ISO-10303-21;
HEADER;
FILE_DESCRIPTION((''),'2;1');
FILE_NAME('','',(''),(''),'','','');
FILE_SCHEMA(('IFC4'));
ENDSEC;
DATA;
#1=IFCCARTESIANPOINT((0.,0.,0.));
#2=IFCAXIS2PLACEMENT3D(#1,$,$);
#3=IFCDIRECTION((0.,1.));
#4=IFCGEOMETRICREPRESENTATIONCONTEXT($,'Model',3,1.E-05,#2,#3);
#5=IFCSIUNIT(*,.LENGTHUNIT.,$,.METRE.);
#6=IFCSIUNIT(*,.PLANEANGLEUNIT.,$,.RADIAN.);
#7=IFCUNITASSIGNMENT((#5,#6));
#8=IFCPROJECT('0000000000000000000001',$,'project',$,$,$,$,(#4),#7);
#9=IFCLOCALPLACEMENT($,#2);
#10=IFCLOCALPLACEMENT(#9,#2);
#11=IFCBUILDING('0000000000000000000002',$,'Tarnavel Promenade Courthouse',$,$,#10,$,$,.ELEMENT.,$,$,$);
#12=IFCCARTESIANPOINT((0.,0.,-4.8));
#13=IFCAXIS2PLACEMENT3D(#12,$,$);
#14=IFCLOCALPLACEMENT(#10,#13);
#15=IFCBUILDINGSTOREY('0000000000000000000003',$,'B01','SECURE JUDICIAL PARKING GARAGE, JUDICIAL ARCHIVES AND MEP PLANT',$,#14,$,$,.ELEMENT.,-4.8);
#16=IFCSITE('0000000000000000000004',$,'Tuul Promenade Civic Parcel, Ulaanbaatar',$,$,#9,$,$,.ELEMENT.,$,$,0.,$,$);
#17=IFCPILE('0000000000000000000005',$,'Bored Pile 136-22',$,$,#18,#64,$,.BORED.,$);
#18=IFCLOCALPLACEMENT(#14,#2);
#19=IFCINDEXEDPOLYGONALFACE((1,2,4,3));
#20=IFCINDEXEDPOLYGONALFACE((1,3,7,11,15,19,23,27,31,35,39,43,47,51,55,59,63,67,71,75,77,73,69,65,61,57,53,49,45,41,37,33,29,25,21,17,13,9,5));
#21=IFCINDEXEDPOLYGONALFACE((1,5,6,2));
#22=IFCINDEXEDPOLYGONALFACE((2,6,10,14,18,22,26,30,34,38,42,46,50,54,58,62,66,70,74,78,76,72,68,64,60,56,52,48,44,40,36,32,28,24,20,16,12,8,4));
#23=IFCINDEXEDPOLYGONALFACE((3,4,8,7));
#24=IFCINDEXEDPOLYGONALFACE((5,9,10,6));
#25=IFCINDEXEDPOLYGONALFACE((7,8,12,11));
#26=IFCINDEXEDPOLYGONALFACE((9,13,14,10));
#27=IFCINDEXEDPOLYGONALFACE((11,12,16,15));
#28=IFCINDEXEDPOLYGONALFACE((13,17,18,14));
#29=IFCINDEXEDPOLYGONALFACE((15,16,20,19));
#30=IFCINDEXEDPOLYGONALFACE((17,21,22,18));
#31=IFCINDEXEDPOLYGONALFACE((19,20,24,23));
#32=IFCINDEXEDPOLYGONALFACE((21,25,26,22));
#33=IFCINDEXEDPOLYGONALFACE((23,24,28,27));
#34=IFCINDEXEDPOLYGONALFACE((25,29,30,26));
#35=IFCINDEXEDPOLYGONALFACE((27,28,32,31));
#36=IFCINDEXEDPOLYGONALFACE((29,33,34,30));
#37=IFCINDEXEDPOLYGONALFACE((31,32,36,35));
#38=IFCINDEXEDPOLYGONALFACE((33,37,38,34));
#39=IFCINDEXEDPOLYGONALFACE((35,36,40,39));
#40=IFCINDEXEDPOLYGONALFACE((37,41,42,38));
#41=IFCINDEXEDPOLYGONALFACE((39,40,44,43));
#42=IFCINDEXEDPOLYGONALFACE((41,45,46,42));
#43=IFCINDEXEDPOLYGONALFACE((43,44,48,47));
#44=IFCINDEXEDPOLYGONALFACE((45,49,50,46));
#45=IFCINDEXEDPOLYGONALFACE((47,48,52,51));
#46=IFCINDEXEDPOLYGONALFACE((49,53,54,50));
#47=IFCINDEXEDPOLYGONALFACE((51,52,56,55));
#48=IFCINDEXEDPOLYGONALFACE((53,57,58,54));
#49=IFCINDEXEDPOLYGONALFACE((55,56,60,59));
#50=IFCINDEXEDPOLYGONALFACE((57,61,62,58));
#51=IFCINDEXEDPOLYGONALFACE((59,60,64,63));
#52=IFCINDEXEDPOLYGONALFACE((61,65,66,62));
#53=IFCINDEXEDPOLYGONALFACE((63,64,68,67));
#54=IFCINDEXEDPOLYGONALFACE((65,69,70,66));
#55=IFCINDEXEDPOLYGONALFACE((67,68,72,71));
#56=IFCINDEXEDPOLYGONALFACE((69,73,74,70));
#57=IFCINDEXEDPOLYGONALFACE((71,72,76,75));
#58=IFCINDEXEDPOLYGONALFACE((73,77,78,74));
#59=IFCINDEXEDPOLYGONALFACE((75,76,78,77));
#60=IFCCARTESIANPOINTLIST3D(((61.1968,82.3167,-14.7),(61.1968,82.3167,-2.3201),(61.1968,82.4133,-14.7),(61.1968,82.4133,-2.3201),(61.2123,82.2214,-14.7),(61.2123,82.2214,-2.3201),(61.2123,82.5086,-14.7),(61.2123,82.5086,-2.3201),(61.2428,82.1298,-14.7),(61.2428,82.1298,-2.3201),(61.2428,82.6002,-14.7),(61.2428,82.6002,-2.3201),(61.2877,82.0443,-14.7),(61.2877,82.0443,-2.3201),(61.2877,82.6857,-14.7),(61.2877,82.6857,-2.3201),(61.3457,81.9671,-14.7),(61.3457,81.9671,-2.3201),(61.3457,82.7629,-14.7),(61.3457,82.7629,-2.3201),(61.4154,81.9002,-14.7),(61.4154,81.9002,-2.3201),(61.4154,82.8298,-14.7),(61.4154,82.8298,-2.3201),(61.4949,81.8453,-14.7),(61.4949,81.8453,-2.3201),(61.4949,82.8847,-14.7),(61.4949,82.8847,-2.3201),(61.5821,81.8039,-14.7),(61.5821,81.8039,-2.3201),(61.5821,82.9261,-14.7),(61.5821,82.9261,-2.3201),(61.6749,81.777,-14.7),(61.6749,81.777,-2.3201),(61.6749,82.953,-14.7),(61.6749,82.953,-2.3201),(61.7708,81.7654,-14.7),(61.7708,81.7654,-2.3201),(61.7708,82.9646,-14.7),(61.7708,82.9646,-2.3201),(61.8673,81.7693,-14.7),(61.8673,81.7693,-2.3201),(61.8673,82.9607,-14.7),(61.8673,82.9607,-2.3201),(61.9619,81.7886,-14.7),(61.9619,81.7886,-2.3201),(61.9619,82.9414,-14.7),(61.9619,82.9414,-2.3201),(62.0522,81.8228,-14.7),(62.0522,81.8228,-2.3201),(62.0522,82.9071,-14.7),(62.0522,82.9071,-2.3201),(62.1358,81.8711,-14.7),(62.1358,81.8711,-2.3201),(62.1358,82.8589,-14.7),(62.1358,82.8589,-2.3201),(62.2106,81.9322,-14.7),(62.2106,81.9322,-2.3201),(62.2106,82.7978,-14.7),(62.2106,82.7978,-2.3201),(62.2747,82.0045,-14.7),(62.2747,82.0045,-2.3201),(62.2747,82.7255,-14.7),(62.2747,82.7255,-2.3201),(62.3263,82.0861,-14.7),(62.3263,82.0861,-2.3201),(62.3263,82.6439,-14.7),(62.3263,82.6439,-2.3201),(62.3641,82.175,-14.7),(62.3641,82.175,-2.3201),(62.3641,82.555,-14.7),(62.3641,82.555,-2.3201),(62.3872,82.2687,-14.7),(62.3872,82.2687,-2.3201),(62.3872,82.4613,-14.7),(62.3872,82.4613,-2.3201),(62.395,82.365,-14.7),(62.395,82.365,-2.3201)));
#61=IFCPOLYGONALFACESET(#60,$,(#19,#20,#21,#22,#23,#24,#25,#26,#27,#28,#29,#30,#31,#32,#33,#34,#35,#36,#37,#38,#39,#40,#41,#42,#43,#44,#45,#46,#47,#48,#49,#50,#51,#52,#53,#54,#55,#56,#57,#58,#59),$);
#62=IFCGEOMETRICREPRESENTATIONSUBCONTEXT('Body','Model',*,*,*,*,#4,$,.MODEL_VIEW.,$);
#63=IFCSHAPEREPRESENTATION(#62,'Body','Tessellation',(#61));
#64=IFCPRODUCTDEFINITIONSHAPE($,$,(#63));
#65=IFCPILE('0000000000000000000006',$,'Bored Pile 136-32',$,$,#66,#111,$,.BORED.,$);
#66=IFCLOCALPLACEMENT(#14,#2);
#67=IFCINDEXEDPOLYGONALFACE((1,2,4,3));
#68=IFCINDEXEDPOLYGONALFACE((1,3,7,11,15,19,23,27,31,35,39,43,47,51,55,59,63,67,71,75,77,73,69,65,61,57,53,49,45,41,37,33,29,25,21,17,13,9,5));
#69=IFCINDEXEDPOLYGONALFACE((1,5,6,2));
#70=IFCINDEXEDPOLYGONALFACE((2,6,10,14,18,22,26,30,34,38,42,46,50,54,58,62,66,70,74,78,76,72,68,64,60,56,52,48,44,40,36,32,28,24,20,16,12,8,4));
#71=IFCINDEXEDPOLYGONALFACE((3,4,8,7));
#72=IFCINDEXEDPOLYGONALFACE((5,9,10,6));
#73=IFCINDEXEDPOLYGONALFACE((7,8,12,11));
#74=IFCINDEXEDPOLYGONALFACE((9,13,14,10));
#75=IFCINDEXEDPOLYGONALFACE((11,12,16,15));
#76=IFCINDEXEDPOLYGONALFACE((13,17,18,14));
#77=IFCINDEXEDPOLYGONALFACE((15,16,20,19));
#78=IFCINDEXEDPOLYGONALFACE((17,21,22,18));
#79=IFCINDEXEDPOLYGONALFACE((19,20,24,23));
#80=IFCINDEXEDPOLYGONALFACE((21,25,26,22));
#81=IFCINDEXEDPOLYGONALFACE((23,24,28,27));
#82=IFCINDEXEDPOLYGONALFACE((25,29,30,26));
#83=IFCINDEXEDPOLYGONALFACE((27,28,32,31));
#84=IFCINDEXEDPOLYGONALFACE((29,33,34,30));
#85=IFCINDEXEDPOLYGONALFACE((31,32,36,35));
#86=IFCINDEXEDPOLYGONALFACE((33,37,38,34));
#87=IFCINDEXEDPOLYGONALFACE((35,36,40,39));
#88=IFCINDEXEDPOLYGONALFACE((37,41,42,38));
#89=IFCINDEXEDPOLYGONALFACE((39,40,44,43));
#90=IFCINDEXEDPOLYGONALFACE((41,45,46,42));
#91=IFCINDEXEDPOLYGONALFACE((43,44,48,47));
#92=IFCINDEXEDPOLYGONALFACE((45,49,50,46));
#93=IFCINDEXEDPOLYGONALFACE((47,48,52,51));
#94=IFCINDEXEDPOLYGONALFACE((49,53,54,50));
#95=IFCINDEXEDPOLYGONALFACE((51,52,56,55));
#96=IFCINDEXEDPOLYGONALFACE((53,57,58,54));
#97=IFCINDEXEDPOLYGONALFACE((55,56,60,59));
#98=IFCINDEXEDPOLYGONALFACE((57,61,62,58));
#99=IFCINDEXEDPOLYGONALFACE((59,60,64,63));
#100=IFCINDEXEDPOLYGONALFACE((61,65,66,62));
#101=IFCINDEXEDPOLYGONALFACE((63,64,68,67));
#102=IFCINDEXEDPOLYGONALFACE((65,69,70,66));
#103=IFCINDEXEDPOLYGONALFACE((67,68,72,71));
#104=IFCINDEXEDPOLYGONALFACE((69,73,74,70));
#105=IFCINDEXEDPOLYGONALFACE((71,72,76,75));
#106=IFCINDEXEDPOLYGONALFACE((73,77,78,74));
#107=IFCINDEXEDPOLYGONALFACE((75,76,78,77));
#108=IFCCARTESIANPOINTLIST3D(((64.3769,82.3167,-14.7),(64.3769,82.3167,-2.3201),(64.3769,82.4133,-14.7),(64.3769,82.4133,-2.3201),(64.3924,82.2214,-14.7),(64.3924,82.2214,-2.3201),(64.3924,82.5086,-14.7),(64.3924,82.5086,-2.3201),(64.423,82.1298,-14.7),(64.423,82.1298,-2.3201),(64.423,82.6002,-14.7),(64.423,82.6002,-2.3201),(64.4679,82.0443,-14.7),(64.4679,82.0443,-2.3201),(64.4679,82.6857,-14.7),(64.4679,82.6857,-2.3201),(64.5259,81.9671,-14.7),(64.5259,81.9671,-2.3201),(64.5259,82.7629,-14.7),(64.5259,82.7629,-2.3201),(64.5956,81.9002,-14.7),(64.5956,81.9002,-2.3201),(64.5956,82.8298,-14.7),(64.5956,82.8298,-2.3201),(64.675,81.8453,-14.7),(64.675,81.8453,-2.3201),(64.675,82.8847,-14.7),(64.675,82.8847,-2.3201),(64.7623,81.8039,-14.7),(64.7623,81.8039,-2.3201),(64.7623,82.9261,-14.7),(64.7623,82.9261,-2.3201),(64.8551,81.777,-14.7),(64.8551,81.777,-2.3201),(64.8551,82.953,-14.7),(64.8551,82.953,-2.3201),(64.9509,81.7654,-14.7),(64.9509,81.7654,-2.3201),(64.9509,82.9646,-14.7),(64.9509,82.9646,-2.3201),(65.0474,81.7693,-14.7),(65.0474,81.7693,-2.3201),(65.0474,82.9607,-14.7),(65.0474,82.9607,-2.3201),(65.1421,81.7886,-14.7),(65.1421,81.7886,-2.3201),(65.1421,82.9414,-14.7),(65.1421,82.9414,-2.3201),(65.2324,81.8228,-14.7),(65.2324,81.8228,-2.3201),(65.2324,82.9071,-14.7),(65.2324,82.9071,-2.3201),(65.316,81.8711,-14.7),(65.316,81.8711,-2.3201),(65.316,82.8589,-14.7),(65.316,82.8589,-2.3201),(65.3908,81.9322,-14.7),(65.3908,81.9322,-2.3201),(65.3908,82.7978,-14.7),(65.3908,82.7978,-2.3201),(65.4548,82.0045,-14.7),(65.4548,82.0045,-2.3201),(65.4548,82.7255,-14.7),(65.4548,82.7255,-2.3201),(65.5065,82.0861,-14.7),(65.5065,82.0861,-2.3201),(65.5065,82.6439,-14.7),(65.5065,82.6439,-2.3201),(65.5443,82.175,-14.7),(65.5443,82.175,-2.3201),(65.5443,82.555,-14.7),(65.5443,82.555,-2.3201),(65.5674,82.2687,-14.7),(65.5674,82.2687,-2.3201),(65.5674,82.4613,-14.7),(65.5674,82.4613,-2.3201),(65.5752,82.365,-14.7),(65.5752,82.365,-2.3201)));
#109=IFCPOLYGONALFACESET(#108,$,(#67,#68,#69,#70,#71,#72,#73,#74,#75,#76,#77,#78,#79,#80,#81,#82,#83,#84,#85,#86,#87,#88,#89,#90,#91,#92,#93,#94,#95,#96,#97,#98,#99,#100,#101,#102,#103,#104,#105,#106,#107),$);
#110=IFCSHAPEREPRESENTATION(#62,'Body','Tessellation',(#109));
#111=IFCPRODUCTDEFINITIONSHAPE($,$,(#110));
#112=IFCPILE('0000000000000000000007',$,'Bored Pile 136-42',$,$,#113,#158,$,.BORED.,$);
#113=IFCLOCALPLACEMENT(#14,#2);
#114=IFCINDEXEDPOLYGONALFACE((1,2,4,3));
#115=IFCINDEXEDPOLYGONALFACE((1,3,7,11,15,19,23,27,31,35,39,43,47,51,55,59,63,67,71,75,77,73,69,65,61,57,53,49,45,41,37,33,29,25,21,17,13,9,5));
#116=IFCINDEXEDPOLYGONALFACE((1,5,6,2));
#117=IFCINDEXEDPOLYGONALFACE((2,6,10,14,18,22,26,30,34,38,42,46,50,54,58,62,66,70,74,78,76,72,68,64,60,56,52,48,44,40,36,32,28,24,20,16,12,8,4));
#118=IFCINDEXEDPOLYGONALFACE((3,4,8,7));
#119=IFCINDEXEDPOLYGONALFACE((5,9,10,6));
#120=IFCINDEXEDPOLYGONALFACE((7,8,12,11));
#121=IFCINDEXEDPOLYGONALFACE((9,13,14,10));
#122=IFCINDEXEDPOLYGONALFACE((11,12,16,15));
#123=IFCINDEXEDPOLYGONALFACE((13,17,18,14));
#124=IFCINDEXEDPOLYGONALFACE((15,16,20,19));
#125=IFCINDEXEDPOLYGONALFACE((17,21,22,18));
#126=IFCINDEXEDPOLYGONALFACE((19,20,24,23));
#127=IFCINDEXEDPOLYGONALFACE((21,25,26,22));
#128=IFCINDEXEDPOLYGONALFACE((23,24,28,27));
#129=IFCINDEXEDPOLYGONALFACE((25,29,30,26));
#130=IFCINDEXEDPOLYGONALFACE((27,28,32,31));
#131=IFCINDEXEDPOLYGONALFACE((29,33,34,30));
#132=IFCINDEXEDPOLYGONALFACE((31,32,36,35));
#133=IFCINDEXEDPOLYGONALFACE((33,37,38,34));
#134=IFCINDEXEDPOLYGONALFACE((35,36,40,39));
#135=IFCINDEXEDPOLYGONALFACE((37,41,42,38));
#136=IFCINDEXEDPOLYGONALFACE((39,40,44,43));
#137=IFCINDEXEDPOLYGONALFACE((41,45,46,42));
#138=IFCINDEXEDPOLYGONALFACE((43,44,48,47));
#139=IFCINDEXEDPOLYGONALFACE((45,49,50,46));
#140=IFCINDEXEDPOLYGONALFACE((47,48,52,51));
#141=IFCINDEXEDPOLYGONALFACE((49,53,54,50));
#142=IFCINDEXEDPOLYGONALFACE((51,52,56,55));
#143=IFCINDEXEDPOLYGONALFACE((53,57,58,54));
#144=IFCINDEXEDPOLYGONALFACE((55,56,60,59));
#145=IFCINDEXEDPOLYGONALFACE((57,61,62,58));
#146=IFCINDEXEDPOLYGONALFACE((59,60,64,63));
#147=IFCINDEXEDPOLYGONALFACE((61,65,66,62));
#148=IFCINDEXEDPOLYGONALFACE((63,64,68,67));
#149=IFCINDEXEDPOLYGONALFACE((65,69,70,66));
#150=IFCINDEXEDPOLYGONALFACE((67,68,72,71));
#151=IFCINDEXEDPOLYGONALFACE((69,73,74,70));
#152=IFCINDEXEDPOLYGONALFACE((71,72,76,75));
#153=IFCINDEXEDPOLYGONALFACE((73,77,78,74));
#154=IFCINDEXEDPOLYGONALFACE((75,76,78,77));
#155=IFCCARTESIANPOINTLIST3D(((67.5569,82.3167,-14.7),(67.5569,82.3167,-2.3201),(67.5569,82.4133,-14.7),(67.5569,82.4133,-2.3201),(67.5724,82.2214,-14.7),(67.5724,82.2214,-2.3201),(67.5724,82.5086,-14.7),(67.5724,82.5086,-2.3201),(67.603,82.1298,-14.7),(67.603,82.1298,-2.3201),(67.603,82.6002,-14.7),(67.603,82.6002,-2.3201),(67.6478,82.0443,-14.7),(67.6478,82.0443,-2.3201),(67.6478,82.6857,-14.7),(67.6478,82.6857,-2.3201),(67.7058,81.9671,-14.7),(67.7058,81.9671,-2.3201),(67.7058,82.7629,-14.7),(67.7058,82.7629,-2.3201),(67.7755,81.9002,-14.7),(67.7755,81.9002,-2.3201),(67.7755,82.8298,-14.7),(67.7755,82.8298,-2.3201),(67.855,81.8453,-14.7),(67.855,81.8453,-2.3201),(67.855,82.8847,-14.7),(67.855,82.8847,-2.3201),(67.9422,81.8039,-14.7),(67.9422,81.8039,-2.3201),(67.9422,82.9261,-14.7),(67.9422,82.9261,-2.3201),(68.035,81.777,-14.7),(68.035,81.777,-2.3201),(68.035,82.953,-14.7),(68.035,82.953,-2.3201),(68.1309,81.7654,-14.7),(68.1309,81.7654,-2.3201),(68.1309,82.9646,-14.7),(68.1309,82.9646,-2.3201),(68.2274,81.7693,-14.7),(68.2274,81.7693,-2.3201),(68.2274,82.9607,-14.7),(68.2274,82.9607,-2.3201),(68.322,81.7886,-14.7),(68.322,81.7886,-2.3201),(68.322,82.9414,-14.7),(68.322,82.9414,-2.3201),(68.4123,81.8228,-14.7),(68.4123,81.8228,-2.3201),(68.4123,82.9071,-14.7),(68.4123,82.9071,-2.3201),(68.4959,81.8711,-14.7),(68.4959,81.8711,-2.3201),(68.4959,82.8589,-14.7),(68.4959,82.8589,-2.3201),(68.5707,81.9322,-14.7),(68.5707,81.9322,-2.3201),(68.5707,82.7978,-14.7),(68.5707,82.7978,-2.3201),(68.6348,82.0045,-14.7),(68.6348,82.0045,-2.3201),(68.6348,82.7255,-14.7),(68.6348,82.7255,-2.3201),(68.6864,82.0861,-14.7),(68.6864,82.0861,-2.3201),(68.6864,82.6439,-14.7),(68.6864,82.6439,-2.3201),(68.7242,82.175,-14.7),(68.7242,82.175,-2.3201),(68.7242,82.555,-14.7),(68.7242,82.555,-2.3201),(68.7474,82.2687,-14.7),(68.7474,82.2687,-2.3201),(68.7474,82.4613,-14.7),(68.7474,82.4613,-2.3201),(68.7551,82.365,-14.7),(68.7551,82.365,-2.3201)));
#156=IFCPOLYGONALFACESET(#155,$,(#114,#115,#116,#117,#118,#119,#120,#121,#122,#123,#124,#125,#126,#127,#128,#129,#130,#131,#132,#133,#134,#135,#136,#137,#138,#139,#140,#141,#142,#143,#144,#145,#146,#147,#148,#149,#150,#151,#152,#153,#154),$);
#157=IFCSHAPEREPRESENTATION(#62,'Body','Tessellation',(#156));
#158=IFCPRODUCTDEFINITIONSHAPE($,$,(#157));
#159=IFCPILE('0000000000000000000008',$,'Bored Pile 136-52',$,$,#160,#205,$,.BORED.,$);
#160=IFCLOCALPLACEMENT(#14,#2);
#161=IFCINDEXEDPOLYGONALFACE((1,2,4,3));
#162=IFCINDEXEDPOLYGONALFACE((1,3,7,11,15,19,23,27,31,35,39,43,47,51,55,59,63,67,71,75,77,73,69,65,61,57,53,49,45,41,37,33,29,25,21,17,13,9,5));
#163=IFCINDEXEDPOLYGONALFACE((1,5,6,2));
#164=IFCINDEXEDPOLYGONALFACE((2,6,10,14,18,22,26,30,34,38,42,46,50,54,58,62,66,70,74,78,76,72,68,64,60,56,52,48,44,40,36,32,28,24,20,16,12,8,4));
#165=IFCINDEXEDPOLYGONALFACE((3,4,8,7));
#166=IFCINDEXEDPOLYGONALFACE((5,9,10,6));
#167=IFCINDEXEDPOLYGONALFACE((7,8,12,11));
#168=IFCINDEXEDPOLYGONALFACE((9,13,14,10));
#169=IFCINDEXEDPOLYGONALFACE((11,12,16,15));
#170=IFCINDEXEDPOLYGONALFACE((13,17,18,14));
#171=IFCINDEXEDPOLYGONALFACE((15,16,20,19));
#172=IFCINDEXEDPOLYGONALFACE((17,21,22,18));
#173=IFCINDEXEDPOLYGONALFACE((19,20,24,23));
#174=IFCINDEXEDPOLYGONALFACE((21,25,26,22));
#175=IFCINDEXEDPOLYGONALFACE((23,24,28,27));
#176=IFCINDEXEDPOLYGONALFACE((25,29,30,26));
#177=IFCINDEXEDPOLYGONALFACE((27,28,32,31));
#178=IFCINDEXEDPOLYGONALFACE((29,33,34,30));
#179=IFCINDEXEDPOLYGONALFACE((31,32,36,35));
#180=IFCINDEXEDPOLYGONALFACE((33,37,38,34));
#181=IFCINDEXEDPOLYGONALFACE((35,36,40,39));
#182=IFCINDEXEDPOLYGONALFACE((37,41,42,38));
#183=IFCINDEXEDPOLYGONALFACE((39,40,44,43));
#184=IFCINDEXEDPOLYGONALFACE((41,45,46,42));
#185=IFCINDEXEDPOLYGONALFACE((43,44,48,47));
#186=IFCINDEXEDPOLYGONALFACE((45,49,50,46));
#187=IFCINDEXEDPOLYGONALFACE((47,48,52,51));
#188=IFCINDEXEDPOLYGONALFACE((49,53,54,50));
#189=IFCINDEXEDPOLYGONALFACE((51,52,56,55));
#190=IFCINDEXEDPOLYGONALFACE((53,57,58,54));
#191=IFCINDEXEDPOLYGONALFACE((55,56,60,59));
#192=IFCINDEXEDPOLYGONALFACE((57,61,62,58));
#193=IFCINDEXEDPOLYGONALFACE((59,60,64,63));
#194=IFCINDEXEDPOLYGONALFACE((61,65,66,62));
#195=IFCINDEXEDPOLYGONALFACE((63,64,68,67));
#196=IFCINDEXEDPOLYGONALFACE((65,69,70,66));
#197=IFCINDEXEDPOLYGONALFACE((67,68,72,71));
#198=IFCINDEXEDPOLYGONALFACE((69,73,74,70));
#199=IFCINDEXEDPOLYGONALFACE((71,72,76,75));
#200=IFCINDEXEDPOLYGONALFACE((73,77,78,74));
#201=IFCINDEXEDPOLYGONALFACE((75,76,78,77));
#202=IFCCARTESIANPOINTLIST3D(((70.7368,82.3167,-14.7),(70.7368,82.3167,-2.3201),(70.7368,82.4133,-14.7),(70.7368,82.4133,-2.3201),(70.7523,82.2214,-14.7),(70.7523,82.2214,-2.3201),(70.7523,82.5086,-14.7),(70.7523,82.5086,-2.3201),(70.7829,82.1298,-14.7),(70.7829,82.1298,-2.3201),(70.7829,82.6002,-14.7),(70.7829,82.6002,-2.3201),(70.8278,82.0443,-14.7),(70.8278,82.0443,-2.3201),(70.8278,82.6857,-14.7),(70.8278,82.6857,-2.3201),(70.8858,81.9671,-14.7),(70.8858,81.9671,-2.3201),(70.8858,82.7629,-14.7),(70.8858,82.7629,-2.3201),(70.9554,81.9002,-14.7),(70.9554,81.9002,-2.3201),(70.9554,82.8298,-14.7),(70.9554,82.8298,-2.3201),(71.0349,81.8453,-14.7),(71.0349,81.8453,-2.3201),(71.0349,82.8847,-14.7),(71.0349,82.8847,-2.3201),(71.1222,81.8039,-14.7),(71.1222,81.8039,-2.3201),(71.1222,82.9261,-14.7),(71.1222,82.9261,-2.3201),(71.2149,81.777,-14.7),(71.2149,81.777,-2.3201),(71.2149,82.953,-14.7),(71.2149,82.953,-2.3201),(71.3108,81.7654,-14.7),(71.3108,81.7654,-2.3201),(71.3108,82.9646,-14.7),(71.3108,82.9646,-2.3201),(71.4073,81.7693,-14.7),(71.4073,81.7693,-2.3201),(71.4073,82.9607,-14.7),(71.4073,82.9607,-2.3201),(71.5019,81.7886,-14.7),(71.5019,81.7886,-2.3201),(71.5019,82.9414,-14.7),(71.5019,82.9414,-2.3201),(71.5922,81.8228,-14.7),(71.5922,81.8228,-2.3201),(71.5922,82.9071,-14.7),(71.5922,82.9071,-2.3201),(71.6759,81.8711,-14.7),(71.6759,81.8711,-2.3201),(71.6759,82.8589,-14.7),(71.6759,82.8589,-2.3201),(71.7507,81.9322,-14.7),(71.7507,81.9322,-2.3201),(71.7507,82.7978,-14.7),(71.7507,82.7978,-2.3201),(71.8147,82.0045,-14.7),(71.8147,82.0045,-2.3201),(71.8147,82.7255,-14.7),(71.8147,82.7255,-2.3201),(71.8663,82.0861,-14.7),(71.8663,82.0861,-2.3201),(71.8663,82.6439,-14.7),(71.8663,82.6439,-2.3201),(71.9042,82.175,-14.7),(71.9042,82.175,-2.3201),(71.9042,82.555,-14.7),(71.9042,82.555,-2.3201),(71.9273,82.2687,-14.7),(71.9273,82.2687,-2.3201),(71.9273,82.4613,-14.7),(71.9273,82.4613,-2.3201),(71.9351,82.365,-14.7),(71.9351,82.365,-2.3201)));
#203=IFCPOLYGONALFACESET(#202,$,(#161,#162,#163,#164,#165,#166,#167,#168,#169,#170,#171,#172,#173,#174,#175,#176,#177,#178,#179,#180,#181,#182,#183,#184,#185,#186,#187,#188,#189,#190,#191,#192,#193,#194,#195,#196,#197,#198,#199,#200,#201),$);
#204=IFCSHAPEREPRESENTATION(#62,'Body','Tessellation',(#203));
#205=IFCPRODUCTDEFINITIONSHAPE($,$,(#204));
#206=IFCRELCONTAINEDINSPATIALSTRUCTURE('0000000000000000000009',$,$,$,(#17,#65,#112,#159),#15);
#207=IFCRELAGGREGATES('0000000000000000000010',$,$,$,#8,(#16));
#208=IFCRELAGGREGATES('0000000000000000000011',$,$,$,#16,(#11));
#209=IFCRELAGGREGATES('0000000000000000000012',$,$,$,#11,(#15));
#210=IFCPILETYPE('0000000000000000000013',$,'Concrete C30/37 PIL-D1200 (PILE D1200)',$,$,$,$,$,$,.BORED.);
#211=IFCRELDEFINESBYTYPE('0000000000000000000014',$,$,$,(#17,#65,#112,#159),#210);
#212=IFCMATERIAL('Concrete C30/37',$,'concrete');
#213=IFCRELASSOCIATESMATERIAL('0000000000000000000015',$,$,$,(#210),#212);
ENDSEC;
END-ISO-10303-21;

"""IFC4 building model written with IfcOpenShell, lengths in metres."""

from ifc_helpers import new_model, si_unit, direction, frame, origin, origin_2d, place, context, subcontext, project, spatial, circle, extrude, material, material_profile, profile_set, type_object, element, save


model = new_model("IFC4")

# Units and contexts
model_context = context("Model", 3, precision=1e-05, world=origin(), true_north=direction((0.0, 1.0)))
body_context = subcontext(model_context, "Body", "Model", "MODEL_VIEW")
ifc_project = project(units=[si_unit("LENGTHUNIT", "METRE"), si_unit("PLANEANGLEUNIT", "RADIAN")], contexts=[model_context])

# Site, building, storey
site_placement = place(None, origin())
site = spatial("IfcSite", under=ifc_project, at=site_placement, Name="Tuul Promenade Civic Parcel, Ulaanbaatar", CompositionType="ELEMENT", RefElevation=0.0)
building_placement = place(site_placement, origin())
building = spatial("IfcBuilding", under=site, at=building_placement, Name="Tarnavel Promenade Courthouse", CompositionType="ELEMENT")
storey_placement = place(building_placement, frame((0.0, 0.0, -4.8)))
storey = spatial("IfcBuildingStorey", under=building, at=storey_placement, Name="B01", Description="SECURE JUDICIAL PARKING GARAGE, JUDICIAL ARCHIVES AND MEP PLANT", CompositionType="ELEMENT", Elevation=-4.8)

# Piles
ifc_material_1 = material(Name="Concrete C30/37", Category="concrete")
ifc_material_profile_1 = material_profile(ifc_material_1, circle(Radius=0.6001, at=origin_2d()), Name="PILE D1200")
ifc_profile_set_1 = profile_set([ifc_material_profile_1], Name="Concrete C30/37")
pile_type = type_object("IfcPileType", Name="Concrete C30/37 PIL-D1200 (PILE D1200)", PredefinedType="BORED", material=ifc_profile_set_1)
for number, where, z_axis, x_axis, name in (
    (1, (61.7949, 82.365, -2.3201), (0.0, 0.0, -1.0), (1.0, 0.0, 0.0), "Bored Pile 136-22"),
    (2, (64.9751, 82.365, -2.3201), (0.0, 0.0, -1.0), (1.0, 0.0, 0.0), "Bored Pile 136-32"),
    (3, (68.155, 82.365, -2.3201), (0.0, 0.0, -1.0), (1.0, 0.0, 0.0), "Bored Pile 136-42"),
    (4, (71.335, 82.365, -2.3201), (0.0, 0.0, -1.0), (1.0, 0.0, 0.0), "Bored Pile 136-52"),
):
    element("IfcPile", number, at=place(storey_placement, frame(where, z_axis=z_axis, x_axis=x_axis)), inside=storey, type_object=pile_type, Name=name, PredefinedType="BORED", context=body_context, shape_type="SweptSolid", body=[
        extrude(circle(Radius=0.6001, at=origin_2d()), origin(), (0.0, 0.0, 1.0), 12.3799),
    ])

save(model, "model.ifc")
